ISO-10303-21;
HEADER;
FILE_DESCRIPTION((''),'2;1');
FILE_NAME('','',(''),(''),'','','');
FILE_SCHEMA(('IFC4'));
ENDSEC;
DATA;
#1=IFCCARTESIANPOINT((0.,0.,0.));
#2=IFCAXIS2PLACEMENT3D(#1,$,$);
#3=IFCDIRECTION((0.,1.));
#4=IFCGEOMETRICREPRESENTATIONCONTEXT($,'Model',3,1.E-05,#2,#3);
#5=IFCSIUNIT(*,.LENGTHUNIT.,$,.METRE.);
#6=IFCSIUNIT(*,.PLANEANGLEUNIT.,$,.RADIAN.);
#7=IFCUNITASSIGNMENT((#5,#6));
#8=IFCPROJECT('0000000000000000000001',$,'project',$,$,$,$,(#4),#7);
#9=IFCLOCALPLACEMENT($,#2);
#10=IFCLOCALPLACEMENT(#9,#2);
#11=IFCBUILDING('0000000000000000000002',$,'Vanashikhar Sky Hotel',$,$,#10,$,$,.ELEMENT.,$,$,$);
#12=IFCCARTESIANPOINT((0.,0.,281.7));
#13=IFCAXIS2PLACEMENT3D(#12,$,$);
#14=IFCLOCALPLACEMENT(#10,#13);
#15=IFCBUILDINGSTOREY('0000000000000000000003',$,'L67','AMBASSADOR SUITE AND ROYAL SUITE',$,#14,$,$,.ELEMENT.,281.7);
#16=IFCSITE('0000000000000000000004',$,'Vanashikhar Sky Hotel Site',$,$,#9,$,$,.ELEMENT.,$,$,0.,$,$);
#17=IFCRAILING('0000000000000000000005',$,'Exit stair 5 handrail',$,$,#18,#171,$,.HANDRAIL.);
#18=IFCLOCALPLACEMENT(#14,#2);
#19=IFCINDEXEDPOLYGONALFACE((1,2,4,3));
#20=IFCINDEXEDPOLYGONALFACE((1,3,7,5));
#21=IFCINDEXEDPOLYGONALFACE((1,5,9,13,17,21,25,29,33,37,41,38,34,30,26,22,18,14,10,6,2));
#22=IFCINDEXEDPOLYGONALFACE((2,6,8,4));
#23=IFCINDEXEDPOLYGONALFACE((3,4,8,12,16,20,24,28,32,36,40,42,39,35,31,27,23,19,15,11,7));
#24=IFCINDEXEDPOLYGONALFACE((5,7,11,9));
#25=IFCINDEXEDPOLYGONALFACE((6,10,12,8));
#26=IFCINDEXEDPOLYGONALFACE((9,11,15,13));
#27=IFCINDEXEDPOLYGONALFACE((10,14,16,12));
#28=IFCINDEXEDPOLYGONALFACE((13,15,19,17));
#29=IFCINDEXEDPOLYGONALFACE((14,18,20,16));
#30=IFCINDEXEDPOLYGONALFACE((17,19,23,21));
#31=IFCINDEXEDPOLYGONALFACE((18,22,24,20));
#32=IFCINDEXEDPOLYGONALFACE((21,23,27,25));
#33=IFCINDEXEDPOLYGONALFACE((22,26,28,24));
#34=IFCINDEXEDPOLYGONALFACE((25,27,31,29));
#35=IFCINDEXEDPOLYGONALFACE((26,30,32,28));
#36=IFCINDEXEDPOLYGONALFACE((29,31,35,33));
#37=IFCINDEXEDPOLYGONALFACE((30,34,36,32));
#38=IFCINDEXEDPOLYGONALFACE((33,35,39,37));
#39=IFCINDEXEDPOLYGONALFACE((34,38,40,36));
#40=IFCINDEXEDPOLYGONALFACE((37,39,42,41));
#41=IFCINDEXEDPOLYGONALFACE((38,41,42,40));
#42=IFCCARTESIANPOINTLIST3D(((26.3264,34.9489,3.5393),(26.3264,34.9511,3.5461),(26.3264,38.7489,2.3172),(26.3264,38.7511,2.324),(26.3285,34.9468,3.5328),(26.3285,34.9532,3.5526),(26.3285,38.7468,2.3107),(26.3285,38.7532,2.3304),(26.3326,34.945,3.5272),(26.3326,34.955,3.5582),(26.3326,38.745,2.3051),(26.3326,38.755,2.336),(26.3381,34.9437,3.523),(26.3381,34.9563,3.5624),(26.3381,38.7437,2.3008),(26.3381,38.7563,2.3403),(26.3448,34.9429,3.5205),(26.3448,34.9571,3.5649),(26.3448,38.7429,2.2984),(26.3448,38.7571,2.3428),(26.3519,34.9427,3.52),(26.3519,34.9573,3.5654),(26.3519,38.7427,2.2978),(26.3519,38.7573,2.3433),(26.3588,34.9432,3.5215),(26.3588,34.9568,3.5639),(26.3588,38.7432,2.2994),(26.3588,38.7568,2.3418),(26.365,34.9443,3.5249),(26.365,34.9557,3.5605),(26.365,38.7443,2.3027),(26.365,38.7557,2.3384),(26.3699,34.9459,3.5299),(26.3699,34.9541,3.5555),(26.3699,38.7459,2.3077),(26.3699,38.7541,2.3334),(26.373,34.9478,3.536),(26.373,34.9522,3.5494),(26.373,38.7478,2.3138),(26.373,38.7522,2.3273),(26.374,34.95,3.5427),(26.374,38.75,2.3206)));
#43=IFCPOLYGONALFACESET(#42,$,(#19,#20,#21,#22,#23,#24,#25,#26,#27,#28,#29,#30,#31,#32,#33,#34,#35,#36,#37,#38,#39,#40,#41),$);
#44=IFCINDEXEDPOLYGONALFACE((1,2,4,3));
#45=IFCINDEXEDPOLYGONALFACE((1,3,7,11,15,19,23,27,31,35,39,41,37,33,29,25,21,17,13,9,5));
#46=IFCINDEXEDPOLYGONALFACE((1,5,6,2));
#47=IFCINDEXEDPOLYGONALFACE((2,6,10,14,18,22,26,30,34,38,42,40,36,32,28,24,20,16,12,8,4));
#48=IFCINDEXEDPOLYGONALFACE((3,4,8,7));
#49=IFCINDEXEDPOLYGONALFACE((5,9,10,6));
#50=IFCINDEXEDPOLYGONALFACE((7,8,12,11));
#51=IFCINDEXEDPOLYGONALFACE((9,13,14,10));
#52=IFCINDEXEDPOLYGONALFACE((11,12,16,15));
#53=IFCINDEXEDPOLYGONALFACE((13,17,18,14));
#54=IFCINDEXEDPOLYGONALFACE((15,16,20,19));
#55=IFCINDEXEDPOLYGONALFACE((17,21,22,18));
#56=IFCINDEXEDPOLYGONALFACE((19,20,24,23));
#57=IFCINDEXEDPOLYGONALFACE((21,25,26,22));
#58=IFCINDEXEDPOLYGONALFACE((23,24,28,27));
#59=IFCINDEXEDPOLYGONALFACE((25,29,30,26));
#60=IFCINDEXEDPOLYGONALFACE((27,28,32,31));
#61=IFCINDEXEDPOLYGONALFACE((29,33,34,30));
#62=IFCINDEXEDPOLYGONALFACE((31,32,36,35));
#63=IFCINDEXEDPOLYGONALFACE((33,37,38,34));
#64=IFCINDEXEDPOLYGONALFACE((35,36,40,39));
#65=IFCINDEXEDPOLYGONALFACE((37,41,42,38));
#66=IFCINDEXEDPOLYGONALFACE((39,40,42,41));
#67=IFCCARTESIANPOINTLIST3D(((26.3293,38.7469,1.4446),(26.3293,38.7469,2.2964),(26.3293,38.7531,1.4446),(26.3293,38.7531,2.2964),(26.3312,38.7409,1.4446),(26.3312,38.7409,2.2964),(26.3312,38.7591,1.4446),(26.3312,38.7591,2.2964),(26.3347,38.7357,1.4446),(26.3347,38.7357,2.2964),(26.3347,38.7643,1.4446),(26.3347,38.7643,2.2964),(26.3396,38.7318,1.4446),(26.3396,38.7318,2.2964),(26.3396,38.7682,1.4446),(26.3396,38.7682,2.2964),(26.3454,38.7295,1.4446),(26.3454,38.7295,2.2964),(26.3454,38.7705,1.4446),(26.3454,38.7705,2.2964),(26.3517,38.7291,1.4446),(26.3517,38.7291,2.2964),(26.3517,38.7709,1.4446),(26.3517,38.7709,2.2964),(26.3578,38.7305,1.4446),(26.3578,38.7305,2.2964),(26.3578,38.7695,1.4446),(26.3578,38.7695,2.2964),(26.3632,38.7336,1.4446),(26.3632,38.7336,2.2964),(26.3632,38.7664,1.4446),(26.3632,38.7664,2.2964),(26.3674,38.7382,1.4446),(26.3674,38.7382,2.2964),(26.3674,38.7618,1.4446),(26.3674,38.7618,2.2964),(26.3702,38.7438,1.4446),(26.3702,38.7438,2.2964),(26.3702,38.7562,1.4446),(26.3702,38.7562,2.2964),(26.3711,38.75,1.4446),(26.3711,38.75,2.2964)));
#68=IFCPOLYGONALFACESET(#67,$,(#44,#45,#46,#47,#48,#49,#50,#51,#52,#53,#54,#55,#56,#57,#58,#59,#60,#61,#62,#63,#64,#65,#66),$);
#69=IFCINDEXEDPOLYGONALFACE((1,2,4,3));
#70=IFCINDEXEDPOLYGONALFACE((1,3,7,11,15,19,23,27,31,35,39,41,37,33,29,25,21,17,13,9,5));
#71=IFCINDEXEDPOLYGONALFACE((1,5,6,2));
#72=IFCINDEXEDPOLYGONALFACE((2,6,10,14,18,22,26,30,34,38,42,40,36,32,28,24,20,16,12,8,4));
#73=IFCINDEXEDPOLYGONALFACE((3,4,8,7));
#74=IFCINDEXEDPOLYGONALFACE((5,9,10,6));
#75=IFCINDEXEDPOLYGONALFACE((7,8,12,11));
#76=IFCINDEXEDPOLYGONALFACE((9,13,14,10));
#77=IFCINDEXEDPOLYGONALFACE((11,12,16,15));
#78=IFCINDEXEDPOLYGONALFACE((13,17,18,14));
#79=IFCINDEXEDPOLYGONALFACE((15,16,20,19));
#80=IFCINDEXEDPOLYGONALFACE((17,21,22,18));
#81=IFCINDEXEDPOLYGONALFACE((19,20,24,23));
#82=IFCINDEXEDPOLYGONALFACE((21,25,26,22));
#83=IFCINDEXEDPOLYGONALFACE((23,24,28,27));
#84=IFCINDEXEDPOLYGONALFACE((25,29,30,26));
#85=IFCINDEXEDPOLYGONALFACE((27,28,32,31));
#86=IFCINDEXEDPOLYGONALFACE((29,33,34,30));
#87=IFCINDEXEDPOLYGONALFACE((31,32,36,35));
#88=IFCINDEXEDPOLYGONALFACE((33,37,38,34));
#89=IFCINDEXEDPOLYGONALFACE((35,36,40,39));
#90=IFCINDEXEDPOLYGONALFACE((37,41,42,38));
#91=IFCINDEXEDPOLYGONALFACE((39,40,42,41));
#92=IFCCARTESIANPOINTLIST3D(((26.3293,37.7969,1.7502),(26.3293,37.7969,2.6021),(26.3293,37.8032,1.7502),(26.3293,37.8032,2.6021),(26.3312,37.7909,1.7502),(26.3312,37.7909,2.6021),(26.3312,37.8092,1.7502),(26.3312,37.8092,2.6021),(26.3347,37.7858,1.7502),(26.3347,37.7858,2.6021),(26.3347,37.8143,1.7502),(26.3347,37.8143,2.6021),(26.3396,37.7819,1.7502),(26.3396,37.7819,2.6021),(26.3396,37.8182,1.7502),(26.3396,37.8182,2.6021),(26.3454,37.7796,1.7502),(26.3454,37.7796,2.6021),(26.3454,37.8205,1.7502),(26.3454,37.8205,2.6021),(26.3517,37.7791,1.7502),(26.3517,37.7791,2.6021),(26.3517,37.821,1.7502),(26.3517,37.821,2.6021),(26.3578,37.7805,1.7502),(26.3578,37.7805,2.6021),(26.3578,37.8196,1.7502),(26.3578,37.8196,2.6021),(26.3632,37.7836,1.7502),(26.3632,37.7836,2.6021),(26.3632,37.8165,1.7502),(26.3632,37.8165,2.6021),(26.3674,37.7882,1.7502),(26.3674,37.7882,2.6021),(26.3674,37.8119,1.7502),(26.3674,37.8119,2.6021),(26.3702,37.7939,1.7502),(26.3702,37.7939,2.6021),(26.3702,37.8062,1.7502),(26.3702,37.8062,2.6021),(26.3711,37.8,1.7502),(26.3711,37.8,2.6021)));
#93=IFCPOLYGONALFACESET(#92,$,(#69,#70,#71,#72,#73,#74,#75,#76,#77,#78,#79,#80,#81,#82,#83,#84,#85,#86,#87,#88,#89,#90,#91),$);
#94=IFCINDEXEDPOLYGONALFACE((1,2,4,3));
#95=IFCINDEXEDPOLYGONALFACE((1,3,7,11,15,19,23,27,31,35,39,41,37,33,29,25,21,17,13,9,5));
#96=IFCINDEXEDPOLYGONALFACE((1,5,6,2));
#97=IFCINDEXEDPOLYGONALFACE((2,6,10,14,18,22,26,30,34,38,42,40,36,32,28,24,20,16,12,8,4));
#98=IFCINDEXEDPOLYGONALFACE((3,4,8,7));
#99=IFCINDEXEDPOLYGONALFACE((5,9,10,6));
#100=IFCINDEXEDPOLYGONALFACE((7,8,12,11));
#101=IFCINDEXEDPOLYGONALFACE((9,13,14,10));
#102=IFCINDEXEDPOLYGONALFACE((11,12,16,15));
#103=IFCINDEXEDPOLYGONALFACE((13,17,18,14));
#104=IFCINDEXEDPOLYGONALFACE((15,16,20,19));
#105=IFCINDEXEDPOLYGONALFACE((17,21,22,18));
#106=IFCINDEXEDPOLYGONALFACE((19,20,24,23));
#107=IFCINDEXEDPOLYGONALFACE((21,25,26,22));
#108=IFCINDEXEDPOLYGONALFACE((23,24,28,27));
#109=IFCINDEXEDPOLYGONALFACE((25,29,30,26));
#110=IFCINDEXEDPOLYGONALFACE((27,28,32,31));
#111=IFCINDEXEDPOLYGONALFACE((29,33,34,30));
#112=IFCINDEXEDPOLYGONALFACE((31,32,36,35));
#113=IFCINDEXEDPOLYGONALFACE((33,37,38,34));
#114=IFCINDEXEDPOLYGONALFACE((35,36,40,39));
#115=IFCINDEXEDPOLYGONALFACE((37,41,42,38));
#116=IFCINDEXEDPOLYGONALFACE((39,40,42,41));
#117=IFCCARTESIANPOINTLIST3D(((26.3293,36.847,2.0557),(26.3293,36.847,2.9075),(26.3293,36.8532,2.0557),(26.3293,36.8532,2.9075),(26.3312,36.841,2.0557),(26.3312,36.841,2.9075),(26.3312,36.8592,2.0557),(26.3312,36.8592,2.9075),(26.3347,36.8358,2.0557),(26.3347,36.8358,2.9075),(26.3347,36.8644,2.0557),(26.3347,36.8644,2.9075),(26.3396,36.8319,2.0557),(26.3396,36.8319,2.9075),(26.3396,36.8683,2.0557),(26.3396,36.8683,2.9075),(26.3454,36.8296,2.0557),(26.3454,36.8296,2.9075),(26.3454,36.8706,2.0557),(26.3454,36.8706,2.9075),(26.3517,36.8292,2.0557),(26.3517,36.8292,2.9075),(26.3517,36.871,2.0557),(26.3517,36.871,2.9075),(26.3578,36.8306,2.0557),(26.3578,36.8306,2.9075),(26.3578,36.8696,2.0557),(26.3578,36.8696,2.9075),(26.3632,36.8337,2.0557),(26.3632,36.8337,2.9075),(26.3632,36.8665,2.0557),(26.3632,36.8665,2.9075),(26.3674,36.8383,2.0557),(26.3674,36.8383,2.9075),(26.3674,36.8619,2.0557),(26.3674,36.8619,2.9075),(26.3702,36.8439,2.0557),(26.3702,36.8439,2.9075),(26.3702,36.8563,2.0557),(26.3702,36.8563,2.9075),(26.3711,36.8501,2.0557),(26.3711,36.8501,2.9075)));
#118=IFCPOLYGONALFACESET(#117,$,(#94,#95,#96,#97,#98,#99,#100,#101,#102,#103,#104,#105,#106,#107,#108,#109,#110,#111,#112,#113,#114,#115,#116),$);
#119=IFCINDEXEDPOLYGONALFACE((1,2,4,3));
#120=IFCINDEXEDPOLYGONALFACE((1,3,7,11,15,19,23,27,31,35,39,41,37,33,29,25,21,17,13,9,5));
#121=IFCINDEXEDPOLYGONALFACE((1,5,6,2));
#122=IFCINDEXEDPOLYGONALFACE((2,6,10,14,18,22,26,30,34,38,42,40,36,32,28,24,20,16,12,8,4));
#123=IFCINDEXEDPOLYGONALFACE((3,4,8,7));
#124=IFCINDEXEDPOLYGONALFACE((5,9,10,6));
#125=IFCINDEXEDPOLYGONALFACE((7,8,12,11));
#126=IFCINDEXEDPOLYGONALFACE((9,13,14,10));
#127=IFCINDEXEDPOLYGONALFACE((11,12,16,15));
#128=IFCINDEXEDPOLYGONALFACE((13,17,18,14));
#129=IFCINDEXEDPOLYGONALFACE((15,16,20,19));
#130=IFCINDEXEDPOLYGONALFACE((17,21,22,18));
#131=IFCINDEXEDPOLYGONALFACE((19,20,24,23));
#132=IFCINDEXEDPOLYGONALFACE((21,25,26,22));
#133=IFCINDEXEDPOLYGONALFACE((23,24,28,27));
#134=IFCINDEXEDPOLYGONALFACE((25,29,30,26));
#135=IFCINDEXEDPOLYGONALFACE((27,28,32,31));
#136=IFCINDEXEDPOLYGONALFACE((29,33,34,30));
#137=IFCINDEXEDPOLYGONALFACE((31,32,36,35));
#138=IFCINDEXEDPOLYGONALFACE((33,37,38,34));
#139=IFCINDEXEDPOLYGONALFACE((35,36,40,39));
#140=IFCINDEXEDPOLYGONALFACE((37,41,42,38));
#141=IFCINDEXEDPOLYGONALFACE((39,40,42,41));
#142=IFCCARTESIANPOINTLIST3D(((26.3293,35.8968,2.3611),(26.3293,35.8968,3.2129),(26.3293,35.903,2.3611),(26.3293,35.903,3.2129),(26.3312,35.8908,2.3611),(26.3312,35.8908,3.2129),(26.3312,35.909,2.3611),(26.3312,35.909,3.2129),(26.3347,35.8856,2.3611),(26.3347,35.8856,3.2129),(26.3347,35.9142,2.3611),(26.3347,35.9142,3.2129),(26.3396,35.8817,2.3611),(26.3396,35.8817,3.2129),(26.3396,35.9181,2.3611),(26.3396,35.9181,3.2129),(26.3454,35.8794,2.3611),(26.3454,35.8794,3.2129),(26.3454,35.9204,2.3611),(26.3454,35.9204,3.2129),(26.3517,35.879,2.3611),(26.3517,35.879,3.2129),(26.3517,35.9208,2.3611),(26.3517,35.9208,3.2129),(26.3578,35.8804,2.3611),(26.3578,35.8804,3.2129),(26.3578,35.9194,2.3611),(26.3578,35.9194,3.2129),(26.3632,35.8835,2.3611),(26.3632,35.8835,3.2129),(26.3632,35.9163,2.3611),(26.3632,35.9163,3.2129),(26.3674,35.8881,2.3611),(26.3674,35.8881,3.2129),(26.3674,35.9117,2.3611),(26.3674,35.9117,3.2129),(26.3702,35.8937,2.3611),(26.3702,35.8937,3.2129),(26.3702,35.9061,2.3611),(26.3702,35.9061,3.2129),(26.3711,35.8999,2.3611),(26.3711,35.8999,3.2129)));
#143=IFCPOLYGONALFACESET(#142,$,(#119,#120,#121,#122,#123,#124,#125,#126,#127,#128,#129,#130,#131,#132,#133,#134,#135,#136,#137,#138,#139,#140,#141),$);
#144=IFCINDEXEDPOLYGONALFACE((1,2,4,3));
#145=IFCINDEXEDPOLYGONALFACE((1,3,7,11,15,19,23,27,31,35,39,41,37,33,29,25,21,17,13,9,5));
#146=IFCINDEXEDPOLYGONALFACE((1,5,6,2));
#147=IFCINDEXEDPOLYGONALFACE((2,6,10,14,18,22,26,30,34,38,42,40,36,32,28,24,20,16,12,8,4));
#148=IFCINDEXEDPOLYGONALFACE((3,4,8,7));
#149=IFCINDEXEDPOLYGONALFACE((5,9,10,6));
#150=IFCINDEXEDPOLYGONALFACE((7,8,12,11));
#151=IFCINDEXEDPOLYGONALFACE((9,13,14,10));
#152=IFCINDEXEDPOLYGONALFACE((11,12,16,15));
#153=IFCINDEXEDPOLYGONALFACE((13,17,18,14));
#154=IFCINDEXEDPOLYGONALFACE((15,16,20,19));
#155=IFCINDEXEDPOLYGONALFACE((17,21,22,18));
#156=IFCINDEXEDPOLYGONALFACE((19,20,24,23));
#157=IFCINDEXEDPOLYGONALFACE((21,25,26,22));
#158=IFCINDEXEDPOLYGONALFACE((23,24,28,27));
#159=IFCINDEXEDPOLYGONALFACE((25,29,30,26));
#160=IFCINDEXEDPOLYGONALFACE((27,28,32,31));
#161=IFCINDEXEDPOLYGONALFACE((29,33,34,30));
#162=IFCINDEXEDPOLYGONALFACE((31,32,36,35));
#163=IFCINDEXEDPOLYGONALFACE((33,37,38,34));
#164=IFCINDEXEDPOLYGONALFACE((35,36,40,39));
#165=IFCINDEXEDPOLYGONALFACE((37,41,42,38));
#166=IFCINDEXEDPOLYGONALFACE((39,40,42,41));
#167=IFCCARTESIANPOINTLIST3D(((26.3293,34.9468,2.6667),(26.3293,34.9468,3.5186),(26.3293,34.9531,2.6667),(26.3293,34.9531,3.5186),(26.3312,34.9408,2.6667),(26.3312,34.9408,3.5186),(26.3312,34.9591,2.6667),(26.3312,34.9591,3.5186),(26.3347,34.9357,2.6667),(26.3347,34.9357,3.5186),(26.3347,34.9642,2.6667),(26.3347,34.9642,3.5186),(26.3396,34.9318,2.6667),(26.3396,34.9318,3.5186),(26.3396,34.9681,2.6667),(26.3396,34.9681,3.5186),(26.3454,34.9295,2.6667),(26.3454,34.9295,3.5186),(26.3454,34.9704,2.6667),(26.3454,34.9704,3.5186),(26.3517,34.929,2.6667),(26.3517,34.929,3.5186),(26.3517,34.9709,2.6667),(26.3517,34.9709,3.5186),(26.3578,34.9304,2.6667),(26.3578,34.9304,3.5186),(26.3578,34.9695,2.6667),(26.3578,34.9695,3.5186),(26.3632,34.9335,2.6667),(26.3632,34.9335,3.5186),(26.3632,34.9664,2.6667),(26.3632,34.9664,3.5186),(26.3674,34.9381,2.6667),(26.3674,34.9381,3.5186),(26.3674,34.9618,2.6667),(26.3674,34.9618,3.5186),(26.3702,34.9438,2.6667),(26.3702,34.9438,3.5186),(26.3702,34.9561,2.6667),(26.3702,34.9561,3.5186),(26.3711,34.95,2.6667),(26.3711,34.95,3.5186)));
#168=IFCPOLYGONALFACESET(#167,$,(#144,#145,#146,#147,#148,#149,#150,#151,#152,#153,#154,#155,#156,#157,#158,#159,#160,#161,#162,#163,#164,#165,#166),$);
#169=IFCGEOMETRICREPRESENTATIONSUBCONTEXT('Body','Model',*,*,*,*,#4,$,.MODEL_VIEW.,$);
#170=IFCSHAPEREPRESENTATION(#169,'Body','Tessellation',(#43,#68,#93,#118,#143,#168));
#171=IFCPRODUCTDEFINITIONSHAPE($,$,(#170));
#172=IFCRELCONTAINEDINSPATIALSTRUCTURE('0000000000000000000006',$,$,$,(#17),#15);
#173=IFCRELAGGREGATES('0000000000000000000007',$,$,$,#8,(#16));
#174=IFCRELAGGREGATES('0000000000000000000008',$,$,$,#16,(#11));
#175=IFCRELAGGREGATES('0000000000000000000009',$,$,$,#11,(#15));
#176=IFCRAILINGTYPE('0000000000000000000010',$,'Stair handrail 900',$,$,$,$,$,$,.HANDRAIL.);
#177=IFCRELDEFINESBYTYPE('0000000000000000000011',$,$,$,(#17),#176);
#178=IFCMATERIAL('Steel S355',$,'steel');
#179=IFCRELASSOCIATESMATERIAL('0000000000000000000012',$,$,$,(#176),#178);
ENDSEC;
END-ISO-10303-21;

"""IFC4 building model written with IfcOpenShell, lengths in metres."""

from ifc_helpers import new_model, si_unit, direction, frame, origin, origin_2d, place, context, subcontext, project, spatial, circle, extrude, source, transform, mapped, material, type_object, element, save


model = new_model("IFC4")

# Units and contexts
model_context = context("Model", 3, precision=1e-05, world=origin(), true_north=direction((0.0, 1.0)))
body_context = subcontext(model_context, "Body", "Model", "MODEL_VIEW")
ifc_project = project(units=[si_unit("LENGTHUNIT", "METRE"), si_unit("PLANEANGLEUNIT", "RADIAN")], contexts=[model_context])

# Site, building, storey
site_placement = place(None, origin())
site = spatial("IfcSite", under=ifc_project, at=site_placement, Name="Vanashikhar Sky Hotel Site", CompositionType="ELEMENT", RefElevation=0.0)
building_placement = place(site_placement, origin())
building = spatial("IfcBuilding", under=site, at=building_placement, Name="Vanashikhar Sky Hotel", CompositionType="ELEMENT")
storey_placement = place(building_placement, frame((0.0, 0.0, 281.7)))
storey = spatial("IfcBuildingStorey", under=building, at=storey_placement, Name="L67", Description="AMBASSADOR SUITE AND ROYAL SUITE", CompositionType="ELEMENT", Elevation=281.7)

# Railing
ifc_material_1 = material(Name="Steel S355", Category="steel")
railing_type_1 = type_object("IfcRailingType", Name="Stair handrail 900", PredefinedType="HANDRAIL", material=ifc_material_1)
shared_shape_1 = source(origin(), body_context, "Body", "SweptSolid", [
    extrude(circle(Radius=0.0239, at=origin_2d()), frame((0.0, 0.0, 0.876), z_axis=(0.0, -0.951976, 0.306173), x_axis=(1.0, 0.0, 0.0)), (0.0, 0.0, 1.0), 3.9917),
    extrude(circle(Radius=0.021, at=origin_2d()), origin(), (0.0, 0.0, 1.0), 0.8518),
    extrude(circle(Radius=0.021, at=origin_2d()), frame((0.0, -0.95, 0.3057)), (0.0, 0.0, 1.0), 0.8518),
    extrude(circle(Radius=0.021, at=origin_2d()), frame((0.0, -1.8999, 0.6111)), (0.0, 0.0, 1.0), 0.8518),
    extrude(circle(Radius=0.021, at=origin_2d()), frame((0.0, -2.8501, 0.9165)), (0.0, 0.0, 1.0), 0.8518),
    extrude(circle(Radius=0.021, at=origin_2d()), frame((0.0, -3.8, 1.2222)), (0.0, 0.0, 1.0), 0.8518),
])
railing_1_placement = place(storey_placement, frame((26.3501, 38.75, 1.4446)))
element("IfcRailing", 1, at=railing_1_placement, inside=storey, type_object=railing_type_1, Name="Exit stair 5 handrail", PredefinedType="HANDRAIL", context=body_context, shape_type="MappedRepresentation", body=[
    mapped(shared_shape_1, transform((0.0, 0.0, 0.0), scale=1.0)),
])

save(model, "model.ifc")
